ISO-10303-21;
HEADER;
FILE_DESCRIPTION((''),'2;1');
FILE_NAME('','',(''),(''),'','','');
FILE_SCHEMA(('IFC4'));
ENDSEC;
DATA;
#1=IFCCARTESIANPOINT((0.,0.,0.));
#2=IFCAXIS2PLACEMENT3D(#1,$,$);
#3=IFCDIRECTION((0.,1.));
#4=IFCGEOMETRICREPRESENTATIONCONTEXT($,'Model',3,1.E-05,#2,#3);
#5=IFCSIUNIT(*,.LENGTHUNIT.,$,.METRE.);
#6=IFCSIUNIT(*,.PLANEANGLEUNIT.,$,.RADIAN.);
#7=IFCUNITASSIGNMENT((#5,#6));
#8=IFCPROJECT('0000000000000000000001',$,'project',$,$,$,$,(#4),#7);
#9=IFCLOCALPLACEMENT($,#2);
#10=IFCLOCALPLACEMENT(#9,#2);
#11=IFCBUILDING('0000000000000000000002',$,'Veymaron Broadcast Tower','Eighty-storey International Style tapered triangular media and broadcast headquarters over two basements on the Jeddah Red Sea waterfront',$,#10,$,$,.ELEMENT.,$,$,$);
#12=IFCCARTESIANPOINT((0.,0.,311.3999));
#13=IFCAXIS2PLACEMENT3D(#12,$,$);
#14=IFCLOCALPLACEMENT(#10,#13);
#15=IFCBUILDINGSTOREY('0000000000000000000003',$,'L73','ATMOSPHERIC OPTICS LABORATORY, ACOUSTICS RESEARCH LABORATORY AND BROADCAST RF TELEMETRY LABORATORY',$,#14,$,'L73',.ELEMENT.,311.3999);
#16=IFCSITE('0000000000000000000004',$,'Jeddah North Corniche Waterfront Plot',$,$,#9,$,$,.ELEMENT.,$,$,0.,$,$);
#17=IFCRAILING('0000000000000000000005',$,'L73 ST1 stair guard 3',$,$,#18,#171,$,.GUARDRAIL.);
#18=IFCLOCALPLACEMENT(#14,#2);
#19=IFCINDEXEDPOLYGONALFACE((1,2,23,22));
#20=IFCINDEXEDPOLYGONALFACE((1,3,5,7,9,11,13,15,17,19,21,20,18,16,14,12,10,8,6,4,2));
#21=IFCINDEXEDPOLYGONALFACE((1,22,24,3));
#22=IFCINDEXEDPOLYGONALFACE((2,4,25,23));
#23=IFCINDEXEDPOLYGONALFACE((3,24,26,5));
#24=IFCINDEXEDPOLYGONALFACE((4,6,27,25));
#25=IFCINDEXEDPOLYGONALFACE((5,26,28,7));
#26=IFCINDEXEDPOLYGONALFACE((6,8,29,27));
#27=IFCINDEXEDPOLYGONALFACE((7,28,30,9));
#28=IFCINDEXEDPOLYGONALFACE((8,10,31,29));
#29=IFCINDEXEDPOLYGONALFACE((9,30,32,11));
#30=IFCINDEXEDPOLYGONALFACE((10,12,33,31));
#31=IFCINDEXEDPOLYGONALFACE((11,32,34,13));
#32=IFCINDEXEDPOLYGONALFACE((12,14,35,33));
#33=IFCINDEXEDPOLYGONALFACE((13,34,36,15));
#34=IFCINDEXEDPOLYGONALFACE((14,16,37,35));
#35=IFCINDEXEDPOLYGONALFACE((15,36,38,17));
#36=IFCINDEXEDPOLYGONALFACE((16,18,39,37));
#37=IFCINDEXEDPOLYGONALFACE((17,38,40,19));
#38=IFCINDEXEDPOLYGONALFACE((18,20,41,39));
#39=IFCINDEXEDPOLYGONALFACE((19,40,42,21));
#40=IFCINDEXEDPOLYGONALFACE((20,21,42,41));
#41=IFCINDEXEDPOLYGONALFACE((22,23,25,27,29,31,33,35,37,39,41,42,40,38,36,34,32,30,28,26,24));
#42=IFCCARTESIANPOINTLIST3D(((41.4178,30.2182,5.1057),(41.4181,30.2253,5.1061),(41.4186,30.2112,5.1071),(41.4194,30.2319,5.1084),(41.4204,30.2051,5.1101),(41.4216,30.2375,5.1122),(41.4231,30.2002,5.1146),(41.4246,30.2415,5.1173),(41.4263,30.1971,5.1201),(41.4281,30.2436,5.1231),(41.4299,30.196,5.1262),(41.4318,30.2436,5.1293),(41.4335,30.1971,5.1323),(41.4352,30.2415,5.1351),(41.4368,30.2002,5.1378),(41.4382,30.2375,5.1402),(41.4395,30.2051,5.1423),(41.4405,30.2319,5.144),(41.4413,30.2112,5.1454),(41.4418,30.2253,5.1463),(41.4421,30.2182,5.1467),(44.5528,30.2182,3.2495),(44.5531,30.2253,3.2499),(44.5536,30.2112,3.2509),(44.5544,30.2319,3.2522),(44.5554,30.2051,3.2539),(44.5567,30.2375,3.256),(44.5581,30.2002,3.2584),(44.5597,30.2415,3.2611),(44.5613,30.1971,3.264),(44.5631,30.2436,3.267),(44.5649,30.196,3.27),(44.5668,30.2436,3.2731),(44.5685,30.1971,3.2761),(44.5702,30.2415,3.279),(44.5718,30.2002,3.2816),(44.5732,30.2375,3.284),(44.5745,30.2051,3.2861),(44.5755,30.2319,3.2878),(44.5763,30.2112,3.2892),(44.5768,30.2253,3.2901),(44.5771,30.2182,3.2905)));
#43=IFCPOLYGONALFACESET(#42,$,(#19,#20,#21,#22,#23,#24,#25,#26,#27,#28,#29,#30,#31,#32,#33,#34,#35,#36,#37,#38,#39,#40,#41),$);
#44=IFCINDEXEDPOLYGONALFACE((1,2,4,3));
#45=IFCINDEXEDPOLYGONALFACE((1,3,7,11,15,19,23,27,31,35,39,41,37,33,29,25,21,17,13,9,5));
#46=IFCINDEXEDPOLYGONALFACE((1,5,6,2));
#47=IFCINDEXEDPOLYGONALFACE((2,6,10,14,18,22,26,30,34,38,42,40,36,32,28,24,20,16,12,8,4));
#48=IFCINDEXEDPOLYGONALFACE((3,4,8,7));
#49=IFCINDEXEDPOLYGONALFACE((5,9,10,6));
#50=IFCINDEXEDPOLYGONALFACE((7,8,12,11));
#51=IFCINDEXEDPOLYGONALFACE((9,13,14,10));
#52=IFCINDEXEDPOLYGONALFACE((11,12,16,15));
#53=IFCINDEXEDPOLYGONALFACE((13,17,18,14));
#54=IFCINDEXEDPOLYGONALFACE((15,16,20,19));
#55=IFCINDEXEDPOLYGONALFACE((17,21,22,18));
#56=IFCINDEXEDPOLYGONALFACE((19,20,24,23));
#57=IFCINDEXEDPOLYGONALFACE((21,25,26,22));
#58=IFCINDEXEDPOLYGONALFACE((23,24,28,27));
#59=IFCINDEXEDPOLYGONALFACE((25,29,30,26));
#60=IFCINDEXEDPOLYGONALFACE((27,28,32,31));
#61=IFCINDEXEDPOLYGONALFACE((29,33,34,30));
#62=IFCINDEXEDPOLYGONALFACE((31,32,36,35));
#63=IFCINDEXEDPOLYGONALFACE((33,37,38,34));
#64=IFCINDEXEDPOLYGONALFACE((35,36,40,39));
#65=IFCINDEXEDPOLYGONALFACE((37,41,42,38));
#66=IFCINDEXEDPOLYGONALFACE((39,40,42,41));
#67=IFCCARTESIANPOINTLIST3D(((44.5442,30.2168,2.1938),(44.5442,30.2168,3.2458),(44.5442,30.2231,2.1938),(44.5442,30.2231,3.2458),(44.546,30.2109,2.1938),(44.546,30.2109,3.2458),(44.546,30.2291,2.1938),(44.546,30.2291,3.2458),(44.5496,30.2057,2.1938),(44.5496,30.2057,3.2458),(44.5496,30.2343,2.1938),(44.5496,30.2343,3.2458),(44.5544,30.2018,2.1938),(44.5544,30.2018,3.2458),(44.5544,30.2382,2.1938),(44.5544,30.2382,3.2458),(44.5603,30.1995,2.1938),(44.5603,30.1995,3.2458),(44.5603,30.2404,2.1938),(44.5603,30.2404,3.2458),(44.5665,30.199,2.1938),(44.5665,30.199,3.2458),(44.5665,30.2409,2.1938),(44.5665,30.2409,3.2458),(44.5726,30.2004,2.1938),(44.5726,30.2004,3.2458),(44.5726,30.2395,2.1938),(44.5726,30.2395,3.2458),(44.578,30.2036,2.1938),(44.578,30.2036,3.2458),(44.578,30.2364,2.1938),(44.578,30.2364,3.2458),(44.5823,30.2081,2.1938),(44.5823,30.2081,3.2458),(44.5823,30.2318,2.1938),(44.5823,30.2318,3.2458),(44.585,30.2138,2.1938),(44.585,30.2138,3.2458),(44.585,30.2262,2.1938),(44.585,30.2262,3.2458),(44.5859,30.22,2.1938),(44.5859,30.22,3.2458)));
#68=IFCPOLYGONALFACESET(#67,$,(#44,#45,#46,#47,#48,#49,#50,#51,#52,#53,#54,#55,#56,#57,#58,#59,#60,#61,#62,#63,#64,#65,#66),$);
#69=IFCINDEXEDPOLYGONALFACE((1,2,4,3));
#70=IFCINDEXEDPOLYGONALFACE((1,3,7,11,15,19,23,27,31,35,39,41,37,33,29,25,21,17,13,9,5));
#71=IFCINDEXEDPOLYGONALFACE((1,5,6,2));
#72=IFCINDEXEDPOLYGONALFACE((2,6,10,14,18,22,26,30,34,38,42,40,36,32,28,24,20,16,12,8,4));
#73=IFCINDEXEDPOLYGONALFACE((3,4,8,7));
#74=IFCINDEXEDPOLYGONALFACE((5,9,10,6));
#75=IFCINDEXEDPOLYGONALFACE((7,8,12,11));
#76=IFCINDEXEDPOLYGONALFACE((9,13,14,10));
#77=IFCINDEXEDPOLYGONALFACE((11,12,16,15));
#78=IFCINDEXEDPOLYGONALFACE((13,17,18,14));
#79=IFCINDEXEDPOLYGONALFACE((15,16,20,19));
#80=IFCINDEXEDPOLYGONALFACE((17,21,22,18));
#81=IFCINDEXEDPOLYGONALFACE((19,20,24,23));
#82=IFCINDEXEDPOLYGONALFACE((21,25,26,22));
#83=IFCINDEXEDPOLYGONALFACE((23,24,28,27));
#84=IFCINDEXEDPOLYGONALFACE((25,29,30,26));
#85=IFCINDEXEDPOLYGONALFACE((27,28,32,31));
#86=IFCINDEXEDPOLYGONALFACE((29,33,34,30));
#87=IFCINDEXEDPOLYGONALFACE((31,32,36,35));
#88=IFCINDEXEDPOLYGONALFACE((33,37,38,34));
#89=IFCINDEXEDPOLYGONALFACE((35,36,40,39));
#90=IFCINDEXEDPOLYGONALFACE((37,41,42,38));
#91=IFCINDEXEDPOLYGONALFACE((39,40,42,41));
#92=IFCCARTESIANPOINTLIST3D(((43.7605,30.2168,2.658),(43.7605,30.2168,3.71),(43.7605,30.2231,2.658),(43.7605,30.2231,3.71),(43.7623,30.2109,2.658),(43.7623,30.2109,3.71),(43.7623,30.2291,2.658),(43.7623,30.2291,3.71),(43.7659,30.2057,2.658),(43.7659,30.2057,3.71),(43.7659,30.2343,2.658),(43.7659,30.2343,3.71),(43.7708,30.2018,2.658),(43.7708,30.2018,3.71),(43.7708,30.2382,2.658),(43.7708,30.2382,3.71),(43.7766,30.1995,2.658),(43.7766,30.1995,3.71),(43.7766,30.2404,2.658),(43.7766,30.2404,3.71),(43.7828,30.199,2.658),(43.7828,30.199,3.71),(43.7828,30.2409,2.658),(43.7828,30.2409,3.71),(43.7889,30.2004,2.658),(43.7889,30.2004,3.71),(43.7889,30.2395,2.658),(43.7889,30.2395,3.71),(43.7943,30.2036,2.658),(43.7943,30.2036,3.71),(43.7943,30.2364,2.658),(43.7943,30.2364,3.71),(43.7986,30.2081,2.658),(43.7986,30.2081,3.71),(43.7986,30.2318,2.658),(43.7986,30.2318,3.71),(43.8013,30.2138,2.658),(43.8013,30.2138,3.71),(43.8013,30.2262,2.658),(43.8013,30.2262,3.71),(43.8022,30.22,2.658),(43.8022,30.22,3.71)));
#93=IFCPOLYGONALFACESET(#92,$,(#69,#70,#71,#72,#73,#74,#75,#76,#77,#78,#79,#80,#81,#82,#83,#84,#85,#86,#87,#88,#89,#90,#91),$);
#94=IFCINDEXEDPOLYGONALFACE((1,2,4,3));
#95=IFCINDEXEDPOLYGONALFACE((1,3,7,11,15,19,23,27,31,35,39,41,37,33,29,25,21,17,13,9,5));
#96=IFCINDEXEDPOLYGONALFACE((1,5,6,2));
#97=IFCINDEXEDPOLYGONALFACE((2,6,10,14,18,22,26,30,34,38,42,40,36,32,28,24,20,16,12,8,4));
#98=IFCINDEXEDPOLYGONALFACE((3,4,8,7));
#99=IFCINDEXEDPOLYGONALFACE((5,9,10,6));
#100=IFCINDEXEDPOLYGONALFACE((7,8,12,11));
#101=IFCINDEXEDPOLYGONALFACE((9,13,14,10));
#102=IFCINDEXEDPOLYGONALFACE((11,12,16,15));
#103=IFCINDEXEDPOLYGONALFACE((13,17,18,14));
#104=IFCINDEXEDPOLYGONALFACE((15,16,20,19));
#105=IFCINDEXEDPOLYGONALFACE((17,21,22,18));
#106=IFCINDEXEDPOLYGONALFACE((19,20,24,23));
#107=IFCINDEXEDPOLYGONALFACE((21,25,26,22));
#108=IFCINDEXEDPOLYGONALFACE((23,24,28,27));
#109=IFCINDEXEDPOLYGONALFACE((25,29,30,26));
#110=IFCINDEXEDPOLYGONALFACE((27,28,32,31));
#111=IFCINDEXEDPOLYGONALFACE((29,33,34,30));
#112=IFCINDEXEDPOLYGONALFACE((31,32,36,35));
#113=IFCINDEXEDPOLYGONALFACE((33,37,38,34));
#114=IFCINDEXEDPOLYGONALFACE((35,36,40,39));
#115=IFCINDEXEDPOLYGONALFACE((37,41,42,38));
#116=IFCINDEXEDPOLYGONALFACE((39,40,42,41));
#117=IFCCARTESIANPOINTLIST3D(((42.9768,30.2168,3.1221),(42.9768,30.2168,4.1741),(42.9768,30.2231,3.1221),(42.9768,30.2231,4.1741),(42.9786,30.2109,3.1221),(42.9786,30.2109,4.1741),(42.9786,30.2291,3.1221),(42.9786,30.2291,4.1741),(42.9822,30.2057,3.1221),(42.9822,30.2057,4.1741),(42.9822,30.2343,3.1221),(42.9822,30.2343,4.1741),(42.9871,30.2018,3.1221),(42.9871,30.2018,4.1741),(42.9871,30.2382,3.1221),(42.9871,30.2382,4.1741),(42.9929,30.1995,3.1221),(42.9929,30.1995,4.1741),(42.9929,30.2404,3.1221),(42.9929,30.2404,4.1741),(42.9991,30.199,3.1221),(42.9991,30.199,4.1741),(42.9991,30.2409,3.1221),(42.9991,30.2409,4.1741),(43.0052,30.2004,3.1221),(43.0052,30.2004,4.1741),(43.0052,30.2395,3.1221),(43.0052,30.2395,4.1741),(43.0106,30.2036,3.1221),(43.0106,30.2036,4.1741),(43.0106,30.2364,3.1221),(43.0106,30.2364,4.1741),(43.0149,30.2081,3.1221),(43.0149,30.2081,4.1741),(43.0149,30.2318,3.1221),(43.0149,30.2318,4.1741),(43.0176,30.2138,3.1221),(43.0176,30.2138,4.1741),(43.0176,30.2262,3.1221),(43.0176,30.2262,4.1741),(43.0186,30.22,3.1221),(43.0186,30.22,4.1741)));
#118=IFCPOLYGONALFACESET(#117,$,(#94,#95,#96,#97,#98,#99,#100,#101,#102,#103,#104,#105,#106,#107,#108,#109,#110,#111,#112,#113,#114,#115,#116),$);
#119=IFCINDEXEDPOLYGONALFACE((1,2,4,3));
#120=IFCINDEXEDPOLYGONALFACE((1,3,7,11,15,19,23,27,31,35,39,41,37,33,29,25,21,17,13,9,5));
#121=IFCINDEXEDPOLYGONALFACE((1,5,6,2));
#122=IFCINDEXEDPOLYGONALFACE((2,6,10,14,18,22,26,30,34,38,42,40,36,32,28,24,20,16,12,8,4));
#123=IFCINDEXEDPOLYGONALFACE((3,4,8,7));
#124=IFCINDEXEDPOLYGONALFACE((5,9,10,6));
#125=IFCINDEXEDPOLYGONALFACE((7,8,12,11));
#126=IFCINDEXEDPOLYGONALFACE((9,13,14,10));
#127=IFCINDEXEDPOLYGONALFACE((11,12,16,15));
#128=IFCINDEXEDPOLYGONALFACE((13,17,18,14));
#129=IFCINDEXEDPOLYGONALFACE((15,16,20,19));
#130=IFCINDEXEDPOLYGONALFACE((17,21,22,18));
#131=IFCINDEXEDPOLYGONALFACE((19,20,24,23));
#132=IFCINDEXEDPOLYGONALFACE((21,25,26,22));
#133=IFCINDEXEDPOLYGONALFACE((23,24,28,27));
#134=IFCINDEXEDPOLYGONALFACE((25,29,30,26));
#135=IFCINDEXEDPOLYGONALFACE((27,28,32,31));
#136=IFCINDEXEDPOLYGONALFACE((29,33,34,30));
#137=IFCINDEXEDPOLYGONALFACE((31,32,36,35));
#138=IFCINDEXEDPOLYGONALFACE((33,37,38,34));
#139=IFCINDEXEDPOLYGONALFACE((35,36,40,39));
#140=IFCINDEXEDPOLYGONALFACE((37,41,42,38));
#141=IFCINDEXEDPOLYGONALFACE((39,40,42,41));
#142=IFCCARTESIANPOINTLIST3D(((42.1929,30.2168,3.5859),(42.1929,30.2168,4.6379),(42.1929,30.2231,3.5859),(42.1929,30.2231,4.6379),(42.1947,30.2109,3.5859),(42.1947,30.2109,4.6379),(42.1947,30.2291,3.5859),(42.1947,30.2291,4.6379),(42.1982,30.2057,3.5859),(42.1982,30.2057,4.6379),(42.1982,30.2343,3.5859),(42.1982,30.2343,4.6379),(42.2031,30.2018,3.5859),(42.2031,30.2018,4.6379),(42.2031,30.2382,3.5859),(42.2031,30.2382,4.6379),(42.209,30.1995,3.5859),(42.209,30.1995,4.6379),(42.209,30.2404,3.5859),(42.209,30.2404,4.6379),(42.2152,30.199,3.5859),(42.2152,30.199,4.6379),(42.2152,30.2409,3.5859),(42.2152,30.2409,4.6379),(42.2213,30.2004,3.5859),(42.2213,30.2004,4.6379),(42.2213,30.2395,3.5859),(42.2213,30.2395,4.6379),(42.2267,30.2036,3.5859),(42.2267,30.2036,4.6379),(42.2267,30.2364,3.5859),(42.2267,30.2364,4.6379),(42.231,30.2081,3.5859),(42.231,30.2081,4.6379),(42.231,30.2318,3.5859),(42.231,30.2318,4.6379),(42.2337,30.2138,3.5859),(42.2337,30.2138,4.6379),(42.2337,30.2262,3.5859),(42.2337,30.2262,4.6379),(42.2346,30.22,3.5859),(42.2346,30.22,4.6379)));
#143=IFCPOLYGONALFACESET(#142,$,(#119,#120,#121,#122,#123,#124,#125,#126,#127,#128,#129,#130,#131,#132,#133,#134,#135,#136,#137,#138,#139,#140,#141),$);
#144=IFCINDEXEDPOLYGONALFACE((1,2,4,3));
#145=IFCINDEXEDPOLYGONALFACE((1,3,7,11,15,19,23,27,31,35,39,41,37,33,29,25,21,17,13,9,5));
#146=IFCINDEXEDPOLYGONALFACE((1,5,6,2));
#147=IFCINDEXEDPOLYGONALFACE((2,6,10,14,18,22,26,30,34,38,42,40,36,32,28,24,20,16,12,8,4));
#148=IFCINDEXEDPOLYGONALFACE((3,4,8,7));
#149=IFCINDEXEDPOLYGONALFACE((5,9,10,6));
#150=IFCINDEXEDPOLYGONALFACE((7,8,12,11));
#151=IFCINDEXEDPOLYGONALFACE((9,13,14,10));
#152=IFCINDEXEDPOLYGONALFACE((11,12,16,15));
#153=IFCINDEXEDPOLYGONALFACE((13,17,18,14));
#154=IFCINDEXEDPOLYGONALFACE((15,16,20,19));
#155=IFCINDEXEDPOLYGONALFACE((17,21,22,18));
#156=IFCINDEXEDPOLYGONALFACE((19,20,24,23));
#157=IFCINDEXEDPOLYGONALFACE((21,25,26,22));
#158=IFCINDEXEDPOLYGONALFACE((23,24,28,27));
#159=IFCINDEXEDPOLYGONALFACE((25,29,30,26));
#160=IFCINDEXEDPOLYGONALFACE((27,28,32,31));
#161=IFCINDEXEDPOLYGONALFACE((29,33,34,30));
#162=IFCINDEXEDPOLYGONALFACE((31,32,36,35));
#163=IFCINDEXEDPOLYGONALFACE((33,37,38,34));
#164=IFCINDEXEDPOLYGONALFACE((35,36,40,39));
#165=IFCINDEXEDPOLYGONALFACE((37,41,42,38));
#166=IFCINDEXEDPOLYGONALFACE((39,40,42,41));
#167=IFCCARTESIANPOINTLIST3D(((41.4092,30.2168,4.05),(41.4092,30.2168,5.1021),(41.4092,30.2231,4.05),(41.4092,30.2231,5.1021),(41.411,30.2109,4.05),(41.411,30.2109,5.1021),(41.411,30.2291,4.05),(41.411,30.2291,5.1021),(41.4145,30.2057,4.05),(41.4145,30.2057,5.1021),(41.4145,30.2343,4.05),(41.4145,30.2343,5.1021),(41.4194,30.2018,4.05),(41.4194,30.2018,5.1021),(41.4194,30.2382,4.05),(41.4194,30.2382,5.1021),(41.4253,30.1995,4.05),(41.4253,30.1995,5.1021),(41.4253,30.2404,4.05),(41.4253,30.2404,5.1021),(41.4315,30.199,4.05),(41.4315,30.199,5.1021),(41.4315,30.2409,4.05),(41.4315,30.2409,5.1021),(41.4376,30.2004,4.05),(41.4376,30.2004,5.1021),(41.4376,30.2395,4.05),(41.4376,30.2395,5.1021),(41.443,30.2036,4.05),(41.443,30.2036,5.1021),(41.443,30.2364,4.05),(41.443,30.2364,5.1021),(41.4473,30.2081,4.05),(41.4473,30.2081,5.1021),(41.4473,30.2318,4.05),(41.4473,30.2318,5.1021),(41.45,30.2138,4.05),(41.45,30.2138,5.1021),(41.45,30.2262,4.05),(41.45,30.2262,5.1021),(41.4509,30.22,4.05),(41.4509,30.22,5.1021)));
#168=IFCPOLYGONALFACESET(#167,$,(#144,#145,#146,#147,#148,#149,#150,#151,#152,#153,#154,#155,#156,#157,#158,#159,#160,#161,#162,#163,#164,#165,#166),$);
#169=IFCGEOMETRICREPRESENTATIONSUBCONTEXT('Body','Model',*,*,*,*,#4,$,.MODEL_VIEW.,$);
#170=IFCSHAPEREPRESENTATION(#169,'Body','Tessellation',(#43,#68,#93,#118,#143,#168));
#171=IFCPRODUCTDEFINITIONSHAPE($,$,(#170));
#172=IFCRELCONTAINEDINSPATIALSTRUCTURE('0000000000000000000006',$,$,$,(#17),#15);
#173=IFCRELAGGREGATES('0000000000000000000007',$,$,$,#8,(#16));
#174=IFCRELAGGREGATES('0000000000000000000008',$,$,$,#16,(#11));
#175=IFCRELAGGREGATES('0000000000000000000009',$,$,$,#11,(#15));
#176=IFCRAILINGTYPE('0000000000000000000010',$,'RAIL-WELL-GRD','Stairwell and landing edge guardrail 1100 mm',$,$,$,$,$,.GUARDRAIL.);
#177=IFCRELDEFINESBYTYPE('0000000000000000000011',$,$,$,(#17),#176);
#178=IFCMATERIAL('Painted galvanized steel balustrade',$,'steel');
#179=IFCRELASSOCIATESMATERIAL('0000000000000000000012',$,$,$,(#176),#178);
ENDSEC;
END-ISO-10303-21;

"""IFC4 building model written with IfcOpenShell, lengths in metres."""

from ifc_helpers import new_model, si_unit, direction, frame, origin, origin_2d, place, context, subcontext, project, spatial, circle, extrude, material, type_object, element, save


model = new_model("IFC4")

# Units and contexts
model_context = context("Model", 3, precision=1e-05, world=origin(), true_north=direction((0.0, 1.0)))
body_context = subcontext(model_context, "Body", "Model", "MODEL_VIEW")
ifc_project = project(units=[si_unit("LENGTHUNIT", "METRE"), si_unit("PLANEANGLEUNIT", "RADIAN")], contexts=[model_context])

# Site, building, storey
site_placement = place(None, origin())
site = spatial("IfcSite", under=ifc_project, at=site_placement, Name="Jeddah North Corniche Waterfront Plot", CompositionType="ELEMENT", RefElevation=0.0)
building_placement = place(site_placement, origin())
building = spatial("IfcBuilding", under=site, at=building_placement, Name="Veymaron Broadcast Tower", Description="Eighty-storey International Style tapered triangular media and broadcast headquarters over two basements on the Jeddah Red Sea waterfront", CompositionType="ELEMENT")
storey_placement = place(building_placement, frame((0.0, 0.0, 311.3999)))
storey = spatial("IfcBuildingStorey", under=building, at=storey_placement, Name="L73", Description="ATMOSPHERIC OPTICS LABORATORY, ACOUSTICS RESEARCH LABORATORY AND BROADCAST RF TELEMETRY LABORATORY", LongName="L73", CompositionType="ELEMENT", Elevation=311.3999)

# Railing
ifc_material_1 = material(Name="Painted galvanized steel balustrade", Category="steel")
railing_type_1 = type_object("IfcRailingType", Name="RAIL-WELL-GRD", Description="Stairwell and landing edge guardrail 1100 mm", PredefinedType="GUARDRAIL", material=ifc_material_1)
railing_1_placement = place(storey_placement, frame((44.5649, 30.22, 2.1938)))
element("IfcRailing", 1, at=railing_1_placement, inside=storey, type_object=railing_type_1, Name="L73 ST1 stair guard 3", PredefinedType="GUARDRAIL", context=body_context, shape_type="SweptSolid", body=[
    extrude(circle(Radius=0.0239, at=origin_2d()), frame((0.0, 0.0, 1.0762), z_axis=(-0.860482, 0.0, 0.509481), x_axis=(0.0, -1.0, 0.0)), (0.0, 0.0, 1.0), 3.6433),
    extrude(circle(Radius=0.021, at=origin_2d()), origin(), (0.0, 0.0, 1.0), 1.052),
    extrude(circle(Radius=0.021, at=origin_2d()), frame((-0.7837, 0.0, 0.4641)), (0.0, 0.0, 1.0), 1.052),
    extrude(circle(Radius=0.021, at=origin_2d()), frame((-1.5674, 0.0, 0.9282)), (0.0, 0.0, 1.0), 1.052),
    extrude(circle(Radius=0.021, at=origin_2d()), frame((-2.3513, 0.0, 1.3921)), (0.0, 0.0, 1.0), 1.052),
    extrude(circle(Radius=0.021, at=origin_2d()), frame((-3.135, 0.0, 1.8562)), (0.0, 0.0, 1.0), 1.052),
])

save(model, "model.ifc")
